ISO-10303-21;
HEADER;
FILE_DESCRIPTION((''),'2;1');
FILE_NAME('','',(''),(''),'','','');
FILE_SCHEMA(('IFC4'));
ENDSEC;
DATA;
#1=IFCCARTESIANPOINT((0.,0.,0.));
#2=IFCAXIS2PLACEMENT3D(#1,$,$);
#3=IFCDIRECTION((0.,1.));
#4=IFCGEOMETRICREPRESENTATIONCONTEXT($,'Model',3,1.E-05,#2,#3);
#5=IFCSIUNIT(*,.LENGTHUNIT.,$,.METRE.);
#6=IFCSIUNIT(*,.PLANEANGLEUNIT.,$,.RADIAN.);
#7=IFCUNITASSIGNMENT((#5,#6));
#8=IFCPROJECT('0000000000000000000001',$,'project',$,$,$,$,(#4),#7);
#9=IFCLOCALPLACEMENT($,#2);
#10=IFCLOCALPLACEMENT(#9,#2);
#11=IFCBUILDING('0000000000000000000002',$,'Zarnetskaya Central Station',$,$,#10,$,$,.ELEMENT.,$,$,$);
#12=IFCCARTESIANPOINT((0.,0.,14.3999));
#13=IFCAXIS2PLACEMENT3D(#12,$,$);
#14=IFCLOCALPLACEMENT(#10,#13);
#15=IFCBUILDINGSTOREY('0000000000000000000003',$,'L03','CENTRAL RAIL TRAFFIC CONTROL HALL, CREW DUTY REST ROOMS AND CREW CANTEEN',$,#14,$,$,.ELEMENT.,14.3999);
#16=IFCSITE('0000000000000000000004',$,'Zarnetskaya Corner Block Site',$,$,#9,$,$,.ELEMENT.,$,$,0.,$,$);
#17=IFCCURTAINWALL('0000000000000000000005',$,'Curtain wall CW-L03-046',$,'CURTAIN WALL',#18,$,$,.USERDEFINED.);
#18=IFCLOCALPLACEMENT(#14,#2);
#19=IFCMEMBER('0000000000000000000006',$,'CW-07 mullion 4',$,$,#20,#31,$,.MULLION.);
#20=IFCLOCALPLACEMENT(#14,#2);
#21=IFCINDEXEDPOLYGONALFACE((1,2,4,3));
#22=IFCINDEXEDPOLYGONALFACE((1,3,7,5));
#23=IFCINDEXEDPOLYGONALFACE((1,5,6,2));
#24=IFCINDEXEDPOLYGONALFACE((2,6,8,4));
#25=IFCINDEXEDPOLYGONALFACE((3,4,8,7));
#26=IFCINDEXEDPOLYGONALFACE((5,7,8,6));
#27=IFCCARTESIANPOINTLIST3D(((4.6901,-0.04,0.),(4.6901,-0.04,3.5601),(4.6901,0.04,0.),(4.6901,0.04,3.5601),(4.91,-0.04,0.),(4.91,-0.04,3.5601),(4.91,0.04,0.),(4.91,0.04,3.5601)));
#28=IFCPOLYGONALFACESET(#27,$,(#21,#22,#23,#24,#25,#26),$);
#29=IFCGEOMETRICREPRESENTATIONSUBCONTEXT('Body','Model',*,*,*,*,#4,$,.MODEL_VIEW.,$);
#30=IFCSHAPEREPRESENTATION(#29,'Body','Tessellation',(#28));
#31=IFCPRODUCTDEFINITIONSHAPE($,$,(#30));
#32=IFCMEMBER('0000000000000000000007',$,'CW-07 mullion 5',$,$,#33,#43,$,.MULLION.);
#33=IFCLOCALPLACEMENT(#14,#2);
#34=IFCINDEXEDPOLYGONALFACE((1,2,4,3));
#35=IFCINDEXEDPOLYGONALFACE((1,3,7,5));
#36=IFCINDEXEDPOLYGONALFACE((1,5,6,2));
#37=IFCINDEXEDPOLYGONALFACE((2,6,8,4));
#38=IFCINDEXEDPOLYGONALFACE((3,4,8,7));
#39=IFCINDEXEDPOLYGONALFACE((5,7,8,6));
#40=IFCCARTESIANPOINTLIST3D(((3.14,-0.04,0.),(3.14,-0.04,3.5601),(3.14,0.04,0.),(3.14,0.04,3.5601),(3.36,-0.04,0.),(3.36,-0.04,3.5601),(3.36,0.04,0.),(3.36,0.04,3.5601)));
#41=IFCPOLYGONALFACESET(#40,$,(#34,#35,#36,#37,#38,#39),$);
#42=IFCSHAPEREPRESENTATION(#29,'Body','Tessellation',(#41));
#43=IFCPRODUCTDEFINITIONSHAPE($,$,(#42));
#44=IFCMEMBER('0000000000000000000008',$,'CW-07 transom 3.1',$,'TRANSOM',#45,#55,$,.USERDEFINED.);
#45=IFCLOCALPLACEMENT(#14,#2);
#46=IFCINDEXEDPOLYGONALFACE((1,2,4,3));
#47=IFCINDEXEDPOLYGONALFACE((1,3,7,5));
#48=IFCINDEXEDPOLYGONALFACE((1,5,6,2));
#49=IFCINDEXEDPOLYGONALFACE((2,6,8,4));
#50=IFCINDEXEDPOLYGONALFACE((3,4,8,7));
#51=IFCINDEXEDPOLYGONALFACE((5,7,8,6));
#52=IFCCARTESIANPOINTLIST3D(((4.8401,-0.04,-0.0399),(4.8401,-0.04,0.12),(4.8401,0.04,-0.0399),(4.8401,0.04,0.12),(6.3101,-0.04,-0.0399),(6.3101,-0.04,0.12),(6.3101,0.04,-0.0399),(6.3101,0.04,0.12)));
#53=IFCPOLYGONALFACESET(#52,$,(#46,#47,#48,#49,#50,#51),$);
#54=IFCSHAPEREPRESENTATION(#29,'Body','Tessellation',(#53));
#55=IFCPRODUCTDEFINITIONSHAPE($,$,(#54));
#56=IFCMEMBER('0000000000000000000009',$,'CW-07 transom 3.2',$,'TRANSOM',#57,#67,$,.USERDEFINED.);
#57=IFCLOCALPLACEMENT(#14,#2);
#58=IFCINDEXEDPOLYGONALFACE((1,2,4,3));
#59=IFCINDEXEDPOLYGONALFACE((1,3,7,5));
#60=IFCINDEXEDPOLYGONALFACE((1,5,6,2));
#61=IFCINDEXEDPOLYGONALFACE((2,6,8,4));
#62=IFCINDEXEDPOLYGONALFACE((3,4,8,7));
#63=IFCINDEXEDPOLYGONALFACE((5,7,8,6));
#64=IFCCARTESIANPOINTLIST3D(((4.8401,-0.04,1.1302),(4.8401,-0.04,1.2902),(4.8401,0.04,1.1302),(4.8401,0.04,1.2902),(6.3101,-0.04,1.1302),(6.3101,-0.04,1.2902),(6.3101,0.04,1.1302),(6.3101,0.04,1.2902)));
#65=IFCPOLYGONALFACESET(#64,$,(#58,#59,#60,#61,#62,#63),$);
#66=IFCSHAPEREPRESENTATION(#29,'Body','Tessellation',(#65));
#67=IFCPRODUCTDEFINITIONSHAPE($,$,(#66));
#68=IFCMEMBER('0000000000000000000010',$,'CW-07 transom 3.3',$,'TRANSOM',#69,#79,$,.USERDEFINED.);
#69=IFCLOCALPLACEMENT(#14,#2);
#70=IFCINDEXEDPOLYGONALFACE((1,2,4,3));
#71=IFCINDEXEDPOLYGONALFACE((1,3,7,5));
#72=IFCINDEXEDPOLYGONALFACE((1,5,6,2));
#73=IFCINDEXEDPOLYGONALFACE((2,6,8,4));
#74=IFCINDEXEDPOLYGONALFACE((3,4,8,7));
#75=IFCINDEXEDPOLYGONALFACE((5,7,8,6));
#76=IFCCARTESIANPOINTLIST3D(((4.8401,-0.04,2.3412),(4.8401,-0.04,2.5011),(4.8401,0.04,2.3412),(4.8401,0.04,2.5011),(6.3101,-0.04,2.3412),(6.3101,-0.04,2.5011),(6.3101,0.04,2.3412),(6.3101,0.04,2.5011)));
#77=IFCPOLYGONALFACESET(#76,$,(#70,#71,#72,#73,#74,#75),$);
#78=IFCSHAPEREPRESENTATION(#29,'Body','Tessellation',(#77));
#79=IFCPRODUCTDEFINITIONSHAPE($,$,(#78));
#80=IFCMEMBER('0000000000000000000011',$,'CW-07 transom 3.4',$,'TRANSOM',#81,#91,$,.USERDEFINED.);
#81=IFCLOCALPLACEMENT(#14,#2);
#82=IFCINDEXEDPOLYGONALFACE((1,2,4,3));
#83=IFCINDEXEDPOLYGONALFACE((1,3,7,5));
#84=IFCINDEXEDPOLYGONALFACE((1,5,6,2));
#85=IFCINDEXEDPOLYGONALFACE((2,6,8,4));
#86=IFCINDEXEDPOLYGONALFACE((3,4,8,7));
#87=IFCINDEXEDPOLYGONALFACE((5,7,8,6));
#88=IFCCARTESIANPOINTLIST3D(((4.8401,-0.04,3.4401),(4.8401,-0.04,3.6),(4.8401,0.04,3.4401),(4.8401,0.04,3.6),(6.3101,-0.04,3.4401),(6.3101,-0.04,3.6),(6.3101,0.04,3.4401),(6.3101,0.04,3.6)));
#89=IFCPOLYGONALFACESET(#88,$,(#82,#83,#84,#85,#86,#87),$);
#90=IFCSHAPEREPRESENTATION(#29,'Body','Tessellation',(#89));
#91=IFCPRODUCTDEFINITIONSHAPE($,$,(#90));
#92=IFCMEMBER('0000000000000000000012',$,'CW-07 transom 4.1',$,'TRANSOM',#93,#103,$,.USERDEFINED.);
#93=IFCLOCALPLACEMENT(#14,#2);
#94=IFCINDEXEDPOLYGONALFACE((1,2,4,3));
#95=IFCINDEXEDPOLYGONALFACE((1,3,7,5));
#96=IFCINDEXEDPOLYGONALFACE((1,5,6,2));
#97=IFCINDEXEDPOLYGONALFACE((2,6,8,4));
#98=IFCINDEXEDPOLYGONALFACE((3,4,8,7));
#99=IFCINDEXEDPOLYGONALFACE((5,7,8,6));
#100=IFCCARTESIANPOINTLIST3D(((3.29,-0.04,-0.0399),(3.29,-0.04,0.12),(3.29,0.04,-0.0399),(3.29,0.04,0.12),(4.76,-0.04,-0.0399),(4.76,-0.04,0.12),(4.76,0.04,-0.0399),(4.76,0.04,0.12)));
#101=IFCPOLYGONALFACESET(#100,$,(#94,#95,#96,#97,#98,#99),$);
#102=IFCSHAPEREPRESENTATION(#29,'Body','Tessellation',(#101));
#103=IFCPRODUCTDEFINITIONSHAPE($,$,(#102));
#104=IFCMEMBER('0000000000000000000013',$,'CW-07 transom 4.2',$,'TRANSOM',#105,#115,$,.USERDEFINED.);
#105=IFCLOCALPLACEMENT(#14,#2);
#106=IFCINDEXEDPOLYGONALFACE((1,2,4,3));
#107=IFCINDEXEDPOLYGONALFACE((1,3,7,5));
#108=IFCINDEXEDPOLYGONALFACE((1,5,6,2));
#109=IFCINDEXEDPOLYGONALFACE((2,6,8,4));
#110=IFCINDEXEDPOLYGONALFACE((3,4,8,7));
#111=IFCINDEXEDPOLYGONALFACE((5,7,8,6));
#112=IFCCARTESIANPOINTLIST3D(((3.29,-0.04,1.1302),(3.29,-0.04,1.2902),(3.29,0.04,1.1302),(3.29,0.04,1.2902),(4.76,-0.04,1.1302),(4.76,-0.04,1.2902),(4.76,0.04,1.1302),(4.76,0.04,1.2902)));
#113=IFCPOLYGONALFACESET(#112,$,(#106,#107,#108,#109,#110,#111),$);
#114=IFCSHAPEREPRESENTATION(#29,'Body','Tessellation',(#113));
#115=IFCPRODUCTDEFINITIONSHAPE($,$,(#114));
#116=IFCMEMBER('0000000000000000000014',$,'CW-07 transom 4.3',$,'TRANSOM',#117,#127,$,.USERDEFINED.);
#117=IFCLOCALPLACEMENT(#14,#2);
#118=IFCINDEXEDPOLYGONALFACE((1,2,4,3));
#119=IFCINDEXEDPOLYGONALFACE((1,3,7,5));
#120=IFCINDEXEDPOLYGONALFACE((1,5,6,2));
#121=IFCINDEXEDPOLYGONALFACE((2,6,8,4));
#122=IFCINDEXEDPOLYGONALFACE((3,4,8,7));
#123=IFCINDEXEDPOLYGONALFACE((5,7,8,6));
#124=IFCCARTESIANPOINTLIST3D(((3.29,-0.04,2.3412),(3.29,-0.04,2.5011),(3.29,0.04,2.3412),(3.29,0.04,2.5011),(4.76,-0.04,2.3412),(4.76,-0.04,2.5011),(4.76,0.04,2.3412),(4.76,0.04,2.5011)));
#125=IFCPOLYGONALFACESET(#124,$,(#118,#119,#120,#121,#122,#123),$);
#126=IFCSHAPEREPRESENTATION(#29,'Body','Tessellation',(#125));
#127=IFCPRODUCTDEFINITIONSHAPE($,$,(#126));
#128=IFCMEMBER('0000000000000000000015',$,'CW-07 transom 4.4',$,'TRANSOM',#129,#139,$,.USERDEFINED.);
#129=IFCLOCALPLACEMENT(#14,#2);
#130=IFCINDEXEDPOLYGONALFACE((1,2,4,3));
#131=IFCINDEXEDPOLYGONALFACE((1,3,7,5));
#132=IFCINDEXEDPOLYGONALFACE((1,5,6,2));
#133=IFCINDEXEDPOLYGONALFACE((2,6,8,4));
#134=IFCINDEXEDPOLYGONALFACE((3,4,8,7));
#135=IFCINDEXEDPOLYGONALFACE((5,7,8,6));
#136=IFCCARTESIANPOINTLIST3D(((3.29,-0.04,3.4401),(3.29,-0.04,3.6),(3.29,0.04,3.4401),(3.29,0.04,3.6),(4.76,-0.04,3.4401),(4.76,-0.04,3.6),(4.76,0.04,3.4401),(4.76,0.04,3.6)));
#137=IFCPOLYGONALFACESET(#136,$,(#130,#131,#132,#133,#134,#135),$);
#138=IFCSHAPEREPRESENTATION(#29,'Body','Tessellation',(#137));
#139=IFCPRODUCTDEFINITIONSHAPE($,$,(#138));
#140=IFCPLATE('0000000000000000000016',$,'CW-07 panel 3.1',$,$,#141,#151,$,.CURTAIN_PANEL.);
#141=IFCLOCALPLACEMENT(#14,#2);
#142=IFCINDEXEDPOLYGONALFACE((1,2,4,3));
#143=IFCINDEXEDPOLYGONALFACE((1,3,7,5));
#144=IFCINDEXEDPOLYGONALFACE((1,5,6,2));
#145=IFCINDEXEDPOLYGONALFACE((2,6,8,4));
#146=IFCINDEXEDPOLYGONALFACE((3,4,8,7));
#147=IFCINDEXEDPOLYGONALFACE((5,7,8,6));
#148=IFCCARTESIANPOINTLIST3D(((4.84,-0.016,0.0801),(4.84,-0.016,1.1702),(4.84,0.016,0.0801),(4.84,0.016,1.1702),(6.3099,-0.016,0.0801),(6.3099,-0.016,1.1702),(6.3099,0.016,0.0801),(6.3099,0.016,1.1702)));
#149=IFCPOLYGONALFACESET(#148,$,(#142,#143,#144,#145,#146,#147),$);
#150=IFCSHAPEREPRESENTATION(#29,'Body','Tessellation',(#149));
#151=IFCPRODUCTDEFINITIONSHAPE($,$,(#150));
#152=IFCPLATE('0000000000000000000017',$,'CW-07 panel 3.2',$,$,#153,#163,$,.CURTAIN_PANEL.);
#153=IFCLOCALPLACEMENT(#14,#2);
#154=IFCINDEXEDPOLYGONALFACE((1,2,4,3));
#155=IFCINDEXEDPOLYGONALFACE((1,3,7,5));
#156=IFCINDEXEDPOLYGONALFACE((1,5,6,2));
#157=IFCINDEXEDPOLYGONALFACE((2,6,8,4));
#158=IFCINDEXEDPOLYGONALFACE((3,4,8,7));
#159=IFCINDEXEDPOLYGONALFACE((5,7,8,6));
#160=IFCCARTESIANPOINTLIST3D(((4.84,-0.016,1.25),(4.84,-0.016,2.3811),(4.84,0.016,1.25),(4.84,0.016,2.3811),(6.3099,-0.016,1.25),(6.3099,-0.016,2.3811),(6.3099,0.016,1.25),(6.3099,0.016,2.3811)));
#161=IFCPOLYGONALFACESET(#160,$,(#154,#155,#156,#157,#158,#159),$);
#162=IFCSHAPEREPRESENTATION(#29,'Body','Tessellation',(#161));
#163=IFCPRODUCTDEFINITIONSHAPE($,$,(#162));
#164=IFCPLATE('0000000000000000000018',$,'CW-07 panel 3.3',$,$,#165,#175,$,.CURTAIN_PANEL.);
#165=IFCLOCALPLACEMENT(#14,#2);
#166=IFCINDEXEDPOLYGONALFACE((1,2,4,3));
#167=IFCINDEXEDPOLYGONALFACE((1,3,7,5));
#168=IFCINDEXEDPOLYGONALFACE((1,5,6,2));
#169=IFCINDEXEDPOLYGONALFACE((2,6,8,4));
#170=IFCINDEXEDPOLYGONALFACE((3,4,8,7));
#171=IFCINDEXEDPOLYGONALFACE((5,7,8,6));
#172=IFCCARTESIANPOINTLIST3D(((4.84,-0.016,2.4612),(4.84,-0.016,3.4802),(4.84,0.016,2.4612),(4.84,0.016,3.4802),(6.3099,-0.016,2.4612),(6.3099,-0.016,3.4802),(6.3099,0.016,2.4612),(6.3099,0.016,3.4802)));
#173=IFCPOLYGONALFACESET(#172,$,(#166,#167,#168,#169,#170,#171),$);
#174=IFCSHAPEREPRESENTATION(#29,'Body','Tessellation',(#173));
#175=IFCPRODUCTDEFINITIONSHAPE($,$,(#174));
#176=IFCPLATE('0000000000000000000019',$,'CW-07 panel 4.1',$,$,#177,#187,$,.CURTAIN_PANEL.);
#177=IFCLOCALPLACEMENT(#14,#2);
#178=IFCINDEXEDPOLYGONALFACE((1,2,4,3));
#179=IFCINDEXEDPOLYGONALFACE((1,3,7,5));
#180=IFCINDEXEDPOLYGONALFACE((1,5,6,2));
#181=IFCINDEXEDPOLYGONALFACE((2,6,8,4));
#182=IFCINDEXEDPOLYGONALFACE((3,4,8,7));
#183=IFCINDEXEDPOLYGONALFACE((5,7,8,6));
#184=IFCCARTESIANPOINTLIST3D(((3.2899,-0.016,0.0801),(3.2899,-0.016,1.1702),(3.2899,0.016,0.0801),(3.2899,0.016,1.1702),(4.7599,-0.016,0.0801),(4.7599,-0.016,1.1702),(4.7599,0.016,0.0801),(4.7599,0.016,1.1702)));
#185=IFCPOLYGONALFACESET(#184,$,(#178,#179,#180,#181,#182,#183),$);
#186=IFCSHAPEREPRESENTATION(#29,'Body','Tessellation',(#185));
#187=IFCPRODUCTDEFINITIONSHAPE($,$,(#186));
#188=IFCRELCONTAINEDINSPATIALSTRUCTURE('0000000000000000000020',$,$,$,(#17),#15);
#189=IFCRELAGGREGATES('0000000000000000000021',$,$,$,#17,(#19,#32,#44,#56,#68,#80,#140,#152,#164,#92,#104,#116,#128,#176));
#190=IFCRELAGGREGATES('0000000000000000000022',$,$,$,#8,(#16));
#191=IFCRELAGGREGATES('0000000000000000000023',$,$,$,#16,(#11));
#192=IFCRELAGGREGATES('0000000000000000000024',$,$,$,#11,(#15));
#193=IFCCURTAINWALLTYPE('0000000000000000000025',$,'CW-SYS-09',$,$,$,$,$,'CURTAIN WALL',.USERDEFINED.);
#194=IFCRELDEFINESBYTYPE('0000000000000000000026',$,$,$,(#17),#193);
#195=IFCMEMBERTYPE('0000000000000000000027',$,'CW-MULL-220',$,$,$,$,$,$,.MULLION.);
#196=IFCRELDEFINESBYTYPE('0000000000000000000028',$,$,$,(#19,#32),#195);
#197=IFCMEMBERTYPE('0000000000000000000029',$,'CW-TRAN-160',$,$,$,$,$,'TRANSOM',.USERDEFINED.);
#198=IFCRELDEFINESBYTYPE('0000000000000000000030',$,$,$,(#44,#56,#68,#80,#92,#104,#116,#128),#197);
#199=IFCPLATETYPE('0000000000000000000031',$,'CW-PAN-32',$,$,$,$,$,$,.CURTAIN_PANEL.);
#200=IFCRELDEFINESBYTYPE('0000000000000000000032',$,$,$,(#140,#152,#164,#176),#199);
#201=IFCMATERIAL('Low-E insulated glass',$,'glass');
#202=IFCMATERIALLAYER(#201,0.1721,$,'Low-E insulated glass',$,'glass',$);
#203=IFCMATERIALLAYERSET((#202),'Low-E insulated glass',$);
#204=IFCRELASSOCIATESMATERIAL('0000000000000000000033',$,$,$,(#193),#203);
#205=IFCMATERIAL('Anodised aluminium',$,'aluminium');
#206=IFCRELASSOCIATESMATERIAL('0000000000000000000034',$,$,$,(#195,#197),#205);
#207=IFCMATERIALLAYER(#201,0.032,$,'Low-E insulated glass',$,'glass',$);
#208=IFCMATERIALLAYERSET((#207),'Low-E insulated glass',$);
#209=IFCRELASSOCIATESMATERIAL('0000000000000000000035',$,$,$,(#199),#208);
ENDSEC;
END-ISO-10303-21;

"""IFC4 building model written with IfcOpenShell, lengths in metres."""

from ifc_helpers import new_model, si_unit, direction, frame, origin, origin_2d, place, context, subcontext, project, spatial, rectangle, extrude, material, layer, layer_set, material_profile, profile_set, type_object, element, aggregate, save


model = new_model("IFC4")

# Units and contexts
model_context = context("Model", 3, precision=1e-05, world=origin(), true_north=direction((0.0, 1.0)))
body_context = subcontext(model_context, "Body", "Model", "MODEL_VIEW")
ifc_project = project(units=[si_unit("LENGTHUNIT", "METRE"), si_unit("PLANEANGLEUNIT", "RADIAN")], contexts=[model_context])

# Site, building, storey
site_placement = place(None, origin())
site = spatial("IfcSite", under=ifc_project, at=site_placement, Name="Zarnetskaya Corner Block Site", CompositionType="ELEMENT", RefElevation=0.0)
building_placement = place(site_placement, origin())
building = spatial("IfcBuilding", under=site, at=building_placement, Name="Zarnetskaya Central Station", CompositionType="ELEMENT")
storey_placement = place(building_placement, frame((0.0, 0.0, 14.3999)))
storey = spatial("IfcBuildingStorey", under=building, at=storey_placement, Name="L03", Description="CENTRAL RAIL TRAFFIC CONTROL HALL, CREW DUTY REST ROOMS AND CREW CANTEEN", CompositionType="ELEMENT", Elevation=14.3999)

# Curtain wall, members, plates
ifc_material_1 = material(Name="Low-E insulated glass", Category="glass")
ifc_layer_1 = layer(ifc_material_1, 0.1721, Name="Low-E insulated glass", Category="glass")
ifc_layer_set_1 = layer_set([ifc_layer_1], Name="Low-E insulated glass")
curtain_wall_type = type_object("IfcCurtainWallType", Name="CW-SYS-09", ElementType="CURTAIN WALL", PredefinedType="USERDEFINED", material=ifc_layer_set_1)
curtain_wall_placement = place(storey_placement, origin())
curtain_wall = element("IfcCurtainWall", 1, at=curtain_wall_placement, inside=storey, type_object=curtain_wall_type, Name="Curtain wall CW-L03-046", ObjectType="CURTAIN WALL", PredefinedType="USERDEFINED")
ifc_material_2 = material(Name="Anodised aluminium", Category="aluminium")
ifc_material_profile_1 = material_profile(ifc_material_2, rectangle(XDim=0.0801, YDim=0.22, at=origin_2d()), Name="ALU MULL 80x220")
ifc_profile_set_1 = profile_set([ifc_material_profile_1], Name="Anodised aluminium")
member_type_1 = type_object("IfcMemberType", Name="CW-MULL-220", PredefinedType="MULLION", material=ifc_profile_set_1)
member_1_placement = place(storey_placement, frame((4.8, 0.0, 0.0), z_axis=(0.0, 0.0, 1.0), x_axis=(0.0, -1.0, 0.0)))
member_1 = element("IfcMember", 2, at=member_1_placement, type_object=member_type_1, Name="CW-07 mullion 4", PredefinedType="MULLION", context=body_context, shape_type="SweptSolid", body=[
    extrude(rectangle(XDim=0.0801, YDim=0.22, at=origin_2d()), origin(), (0.0, 0.0, 1.0), 3.5601),
])
member_2_placement = place(storey_placement, frame((3.25, 0.0, 0.0), z_axis=(0.0, 0.0, 1.0), x_axis=(0.0, -1.0, 0.0)))
member_2 = element("IfcMember", 3, at=member_2_placement, type_object=member_type_1, Name="CW-07 mullion 5", PredefinedType="MULLION", context=body_context, shape_type="SweptSolid", body=[
    extrude(rectangle(XDim=0.0801, YDim=0.22, at=origin_2d()), origin(), (0.0, 0.0, 1.0), 3.5601),
])
ifc_material_profile_2 = material_profile(ifc_material_2, rectangle(XDim=0.0801, YDim=0.1599, at=origin_2d()), Name="ALU TRAN 80x160")
ifc_profile_set_2 = profile_set([ifc_material_profile_2], Name="Anodised aluminium")
member_type_2 = type_object("IfcMemberType", Name="CW-TRAN-160", ElementType="TRANSOM", PredefinedType="USERDEFINED", material=ifc_profile_set_2)
member_3_placement = place(storey_placement, frame((6.3101, 0.0, 0.04), z_axis=(-1.0, 0.0, 0.0), x_axis=(0.0, -1.0, 0.0)))
member_3 = element("IfcMember", 4, at=member_3_placement, type_object=member_type_2, Name="CW-07 transom 3.1", ObjectType="TRANSOM", PredefinedType="USERDEFINED", context=body_context, shape_type="SweptSolid", body=[
    extrude(rectangle(XDim=0.0801, YDim=0.1599, at=origin_2d()), origin(), (0.0, 0.0, 1.0), 1.47),
])
member_4_placement = place(storey_placement, frame((6.3101, 0.0, 1.2102), z_axis=(-1.0, 0.0, 0.0), x_axis=(0.0, -1.0, 0.0)))
member_4 = element("IfcMember", 5, at=member_4_placement, type_object=member_type_2, Name="CW-07 transom 3.2", ObjectType="TRANSOM", PredefinedType="USERDEFINED", context=body_context, shape_type="SweptSolid", body=[
    extrude(rectangle(XDim=0.0801, YDim=0.1599, at=origin_2d()), origin(), (0.0, 0.0, 1.0), 1.47),
])
member_5_placement = place(storey_placement, frame((6.3101, 0.0, 2.4211), z_axis=(-1.0, 0.0, 0.0), x_axis=(0.0, -1.0, 0.0)))
member_5 = element("IfcMember", 6, at=member_5_placement, type_object=member_type_2, Name="CW-07 transom 3.3", ObjectType="TRANSOM", PredefinedType="USERDEFINED", context=body_context, shape_type="SweptSolid", body=[
    extrude(rectangle(XDim=0.0801, YDim=0.1599, at=origin_2d()), origin(), (0.0, 0.0, 1.0), 1.47),
])
member_6_placement = place(storey_placement, frame((6.3101, 0.0, 3.52), z_axis=(-1.0, 0.0, 0.0), x_axis=(0.0, -1.0, 0.0)))
member_6 = element("IfcMember", 7, at=member_6_placement, type_object=member_type_2, Name="CW-07 transom 3.4", ObjectType="TRANSOM", PredefinedType="USERDEFINED", context=body_context, shape_type="SweptSolid", body=[
    extrude(rectangle(XDim=0.0801, YDim=0.1599, at=origin_2d()), origin(), (0.0, 0.0, 1.0), 1.47),
])
member_7_placement = place(storey_placement, frame((4.76, 0.0, 0.04), z_axis=(-1.0, 0.0, 0.0), x_axis=(0.0, -1.0, 0.0)))
member_7 = element("IfcMember", 8, at=member_7_placement, type_object=member_type_2, Name="CW-07 transom 4.1", ObjectType="TRANSOM", PredefinedType="USERDEFINED", context=body_context, shape_type="SweptSolid", body=[
    extrude(rectangle(XDim=0.0801, YDim=0.1599, at=origin_2d()), origin(), (0.0, 0.0, 1.0), 1.47),
])
member_8_placement = place(storey_placement, frame((4.76, 0.0, 1.2102), z_axis=(-1.0, 0.0, 0.0), x_axis=(0.0, -1.0, 0.0)))
member_8 = element("IfcMember", 9, at=member_8_placement, type_object=member_type_2, Name="CW-07 transom 4.2", ObjectType="TRANSOM", PredefinedType="USERDEFINED", context=body_context, shape_type="SweptSolid", body=[
    extrude(rectangle(XDim=0.0801, YDim=0.1599, at=origin_2d()), origin(), (0.0, 0.0, 1.0), 1.47),
])
member_9_placement = place(storey_placement, frame((4.76, 0.0, 2.4211), z_axis=(-1.0, 0.0, 0.0), x_axis=(0.0, -1.0, 0.0)))
member_9 = element("IfcMember", 10, at=member_9_placement, type_object=member_type_2, Name="CW-07 transom 4.3", ObjectType="TRANSOM", PredefinedType="USERDEFINED", context=body_context, shape_type="SweptSolid", body=[
    extrude(rectangle(XDim=0.0801, YDim=0.1599, at=origin_2d()), origin(), (0.0, 0.0, 1.0), 1.47),
])
member_10_placement = place(storey_placement, frame((4.76, 0.0, 3.52), z_axis=(-1.0, 0.0, 0.0), x_axis=(0.0, -1.0, 0.0)))
member_10 = element("IfcMember", 11, at=member_10_placement, type_object=member_type_2, Name="CW-07 transom 4.4", ObjectType="TRANSOM", PredefinedType="USERDEFINED", context=body_context, shape_type="SweptSolid", body=[
    extrude(rectangle(XDim=0.0801, YDim=0.1599, at=origin_2d()), origin(), (0.0, 0.0, 1.0), 1.47),
])
ifc_layer_2 = layer(ifc_material_1, 0.032, Name="Low-E insulated glass", Category="glass")
ifc_layer_set_2 = layer_set([ifc_layer_2], Name="Low-E insulated glass")
plate_type = type_object("IfcPlateType", Name="CW-PAN-32", PredefinedType="CURTAIN_PANEL", material=ifc_layer_set_2)
plate_1_placement = place(storey_placement, frame((5.575, 0.0, 0.0801), z_axis=(0.0, 0.0, 1.0), x_axis=(-1.0, 0.0, 0.0)))
plate_1 = element("IfcPlate", 12, at=plate_1_placement, type_object=plate_type, Name="CW-07 panel 3.1", PredefinedType="CURTAIN_PANEL", context=body_context, shape_type="SweptSolid", body=[
    extrude(rectangle(XDim=1.47, YDim=0.032, at=origin_2d()), origin(), (0.0, 0.0, 1.0), 1.0901),
])
plate_2_placement = place(storey_placement, frame((5.575, 0.0, 1.25), z_axis=(0.0, 0.0, 1.0), x_axis=(-1.0, 0.0, 0.0)))
plate_2 = element("IfcPlate", 13, at=plate_2_placement, type_object=plate_type, Name="CW-07 panel 3.2", PredefinedType="CURTAIN_PANEL", context=body_context, shape_type="SweptSolid", body=[
    extrude(rectangle(XDim=1.47, YDim=0.032, at=origin_2d()), origin(), (0.0, 0.0, 1.0), 1.1311),
])
plate_3_placement = place(storey_placement, frame((5.575, 0.0, 2.4612), z_axis=(0.0, 0.0, 1.0), x_axis=(-1.0, 0.0, 0.0)))
plate_3 = element("IfcPlate", 14, at=plate_3_placement, type_object=plate_type, Name="CW-07 panel 3.3", PredefinedType="CURTAIN_PANEL", context=body_context, shape_type="SweptSolid", body=[
    extrude(rectangle(XDim=1.47, YDim=0.032, at=origin_2d()), origin(), (0.0, 0.0, 1.0), 1.019),
])
plate_4_placement = place(storey_placement, frame((4.0249, 0.0, 0.0801), z_axis=(0.0, 0.0, 1.0), x_axis=(-1.0, 0.0, 0.0)))
plate_4 = element("IfcPlate", 15, at=plate_4_placement, type_object=plate_type, Name="CW-07 panel 4.1", PredefinedType="CURTAIN_PANEL", context=body_context, shape_type="SweptSolid", body=[
    extrude(rectangle(XDim=1.47, YDim=0.032, at=origin_2d()), origin(), (0.0, 0.0, 1.0), 1.0901),
])
aggregate(curtain_wall, [member_1, member_2, member_3, member_4, member_5, member_6, plate_1, plate_2, plate_3, member_7, member_8, member_9, member_10, plate_4])

save(model, "model.ifc")
